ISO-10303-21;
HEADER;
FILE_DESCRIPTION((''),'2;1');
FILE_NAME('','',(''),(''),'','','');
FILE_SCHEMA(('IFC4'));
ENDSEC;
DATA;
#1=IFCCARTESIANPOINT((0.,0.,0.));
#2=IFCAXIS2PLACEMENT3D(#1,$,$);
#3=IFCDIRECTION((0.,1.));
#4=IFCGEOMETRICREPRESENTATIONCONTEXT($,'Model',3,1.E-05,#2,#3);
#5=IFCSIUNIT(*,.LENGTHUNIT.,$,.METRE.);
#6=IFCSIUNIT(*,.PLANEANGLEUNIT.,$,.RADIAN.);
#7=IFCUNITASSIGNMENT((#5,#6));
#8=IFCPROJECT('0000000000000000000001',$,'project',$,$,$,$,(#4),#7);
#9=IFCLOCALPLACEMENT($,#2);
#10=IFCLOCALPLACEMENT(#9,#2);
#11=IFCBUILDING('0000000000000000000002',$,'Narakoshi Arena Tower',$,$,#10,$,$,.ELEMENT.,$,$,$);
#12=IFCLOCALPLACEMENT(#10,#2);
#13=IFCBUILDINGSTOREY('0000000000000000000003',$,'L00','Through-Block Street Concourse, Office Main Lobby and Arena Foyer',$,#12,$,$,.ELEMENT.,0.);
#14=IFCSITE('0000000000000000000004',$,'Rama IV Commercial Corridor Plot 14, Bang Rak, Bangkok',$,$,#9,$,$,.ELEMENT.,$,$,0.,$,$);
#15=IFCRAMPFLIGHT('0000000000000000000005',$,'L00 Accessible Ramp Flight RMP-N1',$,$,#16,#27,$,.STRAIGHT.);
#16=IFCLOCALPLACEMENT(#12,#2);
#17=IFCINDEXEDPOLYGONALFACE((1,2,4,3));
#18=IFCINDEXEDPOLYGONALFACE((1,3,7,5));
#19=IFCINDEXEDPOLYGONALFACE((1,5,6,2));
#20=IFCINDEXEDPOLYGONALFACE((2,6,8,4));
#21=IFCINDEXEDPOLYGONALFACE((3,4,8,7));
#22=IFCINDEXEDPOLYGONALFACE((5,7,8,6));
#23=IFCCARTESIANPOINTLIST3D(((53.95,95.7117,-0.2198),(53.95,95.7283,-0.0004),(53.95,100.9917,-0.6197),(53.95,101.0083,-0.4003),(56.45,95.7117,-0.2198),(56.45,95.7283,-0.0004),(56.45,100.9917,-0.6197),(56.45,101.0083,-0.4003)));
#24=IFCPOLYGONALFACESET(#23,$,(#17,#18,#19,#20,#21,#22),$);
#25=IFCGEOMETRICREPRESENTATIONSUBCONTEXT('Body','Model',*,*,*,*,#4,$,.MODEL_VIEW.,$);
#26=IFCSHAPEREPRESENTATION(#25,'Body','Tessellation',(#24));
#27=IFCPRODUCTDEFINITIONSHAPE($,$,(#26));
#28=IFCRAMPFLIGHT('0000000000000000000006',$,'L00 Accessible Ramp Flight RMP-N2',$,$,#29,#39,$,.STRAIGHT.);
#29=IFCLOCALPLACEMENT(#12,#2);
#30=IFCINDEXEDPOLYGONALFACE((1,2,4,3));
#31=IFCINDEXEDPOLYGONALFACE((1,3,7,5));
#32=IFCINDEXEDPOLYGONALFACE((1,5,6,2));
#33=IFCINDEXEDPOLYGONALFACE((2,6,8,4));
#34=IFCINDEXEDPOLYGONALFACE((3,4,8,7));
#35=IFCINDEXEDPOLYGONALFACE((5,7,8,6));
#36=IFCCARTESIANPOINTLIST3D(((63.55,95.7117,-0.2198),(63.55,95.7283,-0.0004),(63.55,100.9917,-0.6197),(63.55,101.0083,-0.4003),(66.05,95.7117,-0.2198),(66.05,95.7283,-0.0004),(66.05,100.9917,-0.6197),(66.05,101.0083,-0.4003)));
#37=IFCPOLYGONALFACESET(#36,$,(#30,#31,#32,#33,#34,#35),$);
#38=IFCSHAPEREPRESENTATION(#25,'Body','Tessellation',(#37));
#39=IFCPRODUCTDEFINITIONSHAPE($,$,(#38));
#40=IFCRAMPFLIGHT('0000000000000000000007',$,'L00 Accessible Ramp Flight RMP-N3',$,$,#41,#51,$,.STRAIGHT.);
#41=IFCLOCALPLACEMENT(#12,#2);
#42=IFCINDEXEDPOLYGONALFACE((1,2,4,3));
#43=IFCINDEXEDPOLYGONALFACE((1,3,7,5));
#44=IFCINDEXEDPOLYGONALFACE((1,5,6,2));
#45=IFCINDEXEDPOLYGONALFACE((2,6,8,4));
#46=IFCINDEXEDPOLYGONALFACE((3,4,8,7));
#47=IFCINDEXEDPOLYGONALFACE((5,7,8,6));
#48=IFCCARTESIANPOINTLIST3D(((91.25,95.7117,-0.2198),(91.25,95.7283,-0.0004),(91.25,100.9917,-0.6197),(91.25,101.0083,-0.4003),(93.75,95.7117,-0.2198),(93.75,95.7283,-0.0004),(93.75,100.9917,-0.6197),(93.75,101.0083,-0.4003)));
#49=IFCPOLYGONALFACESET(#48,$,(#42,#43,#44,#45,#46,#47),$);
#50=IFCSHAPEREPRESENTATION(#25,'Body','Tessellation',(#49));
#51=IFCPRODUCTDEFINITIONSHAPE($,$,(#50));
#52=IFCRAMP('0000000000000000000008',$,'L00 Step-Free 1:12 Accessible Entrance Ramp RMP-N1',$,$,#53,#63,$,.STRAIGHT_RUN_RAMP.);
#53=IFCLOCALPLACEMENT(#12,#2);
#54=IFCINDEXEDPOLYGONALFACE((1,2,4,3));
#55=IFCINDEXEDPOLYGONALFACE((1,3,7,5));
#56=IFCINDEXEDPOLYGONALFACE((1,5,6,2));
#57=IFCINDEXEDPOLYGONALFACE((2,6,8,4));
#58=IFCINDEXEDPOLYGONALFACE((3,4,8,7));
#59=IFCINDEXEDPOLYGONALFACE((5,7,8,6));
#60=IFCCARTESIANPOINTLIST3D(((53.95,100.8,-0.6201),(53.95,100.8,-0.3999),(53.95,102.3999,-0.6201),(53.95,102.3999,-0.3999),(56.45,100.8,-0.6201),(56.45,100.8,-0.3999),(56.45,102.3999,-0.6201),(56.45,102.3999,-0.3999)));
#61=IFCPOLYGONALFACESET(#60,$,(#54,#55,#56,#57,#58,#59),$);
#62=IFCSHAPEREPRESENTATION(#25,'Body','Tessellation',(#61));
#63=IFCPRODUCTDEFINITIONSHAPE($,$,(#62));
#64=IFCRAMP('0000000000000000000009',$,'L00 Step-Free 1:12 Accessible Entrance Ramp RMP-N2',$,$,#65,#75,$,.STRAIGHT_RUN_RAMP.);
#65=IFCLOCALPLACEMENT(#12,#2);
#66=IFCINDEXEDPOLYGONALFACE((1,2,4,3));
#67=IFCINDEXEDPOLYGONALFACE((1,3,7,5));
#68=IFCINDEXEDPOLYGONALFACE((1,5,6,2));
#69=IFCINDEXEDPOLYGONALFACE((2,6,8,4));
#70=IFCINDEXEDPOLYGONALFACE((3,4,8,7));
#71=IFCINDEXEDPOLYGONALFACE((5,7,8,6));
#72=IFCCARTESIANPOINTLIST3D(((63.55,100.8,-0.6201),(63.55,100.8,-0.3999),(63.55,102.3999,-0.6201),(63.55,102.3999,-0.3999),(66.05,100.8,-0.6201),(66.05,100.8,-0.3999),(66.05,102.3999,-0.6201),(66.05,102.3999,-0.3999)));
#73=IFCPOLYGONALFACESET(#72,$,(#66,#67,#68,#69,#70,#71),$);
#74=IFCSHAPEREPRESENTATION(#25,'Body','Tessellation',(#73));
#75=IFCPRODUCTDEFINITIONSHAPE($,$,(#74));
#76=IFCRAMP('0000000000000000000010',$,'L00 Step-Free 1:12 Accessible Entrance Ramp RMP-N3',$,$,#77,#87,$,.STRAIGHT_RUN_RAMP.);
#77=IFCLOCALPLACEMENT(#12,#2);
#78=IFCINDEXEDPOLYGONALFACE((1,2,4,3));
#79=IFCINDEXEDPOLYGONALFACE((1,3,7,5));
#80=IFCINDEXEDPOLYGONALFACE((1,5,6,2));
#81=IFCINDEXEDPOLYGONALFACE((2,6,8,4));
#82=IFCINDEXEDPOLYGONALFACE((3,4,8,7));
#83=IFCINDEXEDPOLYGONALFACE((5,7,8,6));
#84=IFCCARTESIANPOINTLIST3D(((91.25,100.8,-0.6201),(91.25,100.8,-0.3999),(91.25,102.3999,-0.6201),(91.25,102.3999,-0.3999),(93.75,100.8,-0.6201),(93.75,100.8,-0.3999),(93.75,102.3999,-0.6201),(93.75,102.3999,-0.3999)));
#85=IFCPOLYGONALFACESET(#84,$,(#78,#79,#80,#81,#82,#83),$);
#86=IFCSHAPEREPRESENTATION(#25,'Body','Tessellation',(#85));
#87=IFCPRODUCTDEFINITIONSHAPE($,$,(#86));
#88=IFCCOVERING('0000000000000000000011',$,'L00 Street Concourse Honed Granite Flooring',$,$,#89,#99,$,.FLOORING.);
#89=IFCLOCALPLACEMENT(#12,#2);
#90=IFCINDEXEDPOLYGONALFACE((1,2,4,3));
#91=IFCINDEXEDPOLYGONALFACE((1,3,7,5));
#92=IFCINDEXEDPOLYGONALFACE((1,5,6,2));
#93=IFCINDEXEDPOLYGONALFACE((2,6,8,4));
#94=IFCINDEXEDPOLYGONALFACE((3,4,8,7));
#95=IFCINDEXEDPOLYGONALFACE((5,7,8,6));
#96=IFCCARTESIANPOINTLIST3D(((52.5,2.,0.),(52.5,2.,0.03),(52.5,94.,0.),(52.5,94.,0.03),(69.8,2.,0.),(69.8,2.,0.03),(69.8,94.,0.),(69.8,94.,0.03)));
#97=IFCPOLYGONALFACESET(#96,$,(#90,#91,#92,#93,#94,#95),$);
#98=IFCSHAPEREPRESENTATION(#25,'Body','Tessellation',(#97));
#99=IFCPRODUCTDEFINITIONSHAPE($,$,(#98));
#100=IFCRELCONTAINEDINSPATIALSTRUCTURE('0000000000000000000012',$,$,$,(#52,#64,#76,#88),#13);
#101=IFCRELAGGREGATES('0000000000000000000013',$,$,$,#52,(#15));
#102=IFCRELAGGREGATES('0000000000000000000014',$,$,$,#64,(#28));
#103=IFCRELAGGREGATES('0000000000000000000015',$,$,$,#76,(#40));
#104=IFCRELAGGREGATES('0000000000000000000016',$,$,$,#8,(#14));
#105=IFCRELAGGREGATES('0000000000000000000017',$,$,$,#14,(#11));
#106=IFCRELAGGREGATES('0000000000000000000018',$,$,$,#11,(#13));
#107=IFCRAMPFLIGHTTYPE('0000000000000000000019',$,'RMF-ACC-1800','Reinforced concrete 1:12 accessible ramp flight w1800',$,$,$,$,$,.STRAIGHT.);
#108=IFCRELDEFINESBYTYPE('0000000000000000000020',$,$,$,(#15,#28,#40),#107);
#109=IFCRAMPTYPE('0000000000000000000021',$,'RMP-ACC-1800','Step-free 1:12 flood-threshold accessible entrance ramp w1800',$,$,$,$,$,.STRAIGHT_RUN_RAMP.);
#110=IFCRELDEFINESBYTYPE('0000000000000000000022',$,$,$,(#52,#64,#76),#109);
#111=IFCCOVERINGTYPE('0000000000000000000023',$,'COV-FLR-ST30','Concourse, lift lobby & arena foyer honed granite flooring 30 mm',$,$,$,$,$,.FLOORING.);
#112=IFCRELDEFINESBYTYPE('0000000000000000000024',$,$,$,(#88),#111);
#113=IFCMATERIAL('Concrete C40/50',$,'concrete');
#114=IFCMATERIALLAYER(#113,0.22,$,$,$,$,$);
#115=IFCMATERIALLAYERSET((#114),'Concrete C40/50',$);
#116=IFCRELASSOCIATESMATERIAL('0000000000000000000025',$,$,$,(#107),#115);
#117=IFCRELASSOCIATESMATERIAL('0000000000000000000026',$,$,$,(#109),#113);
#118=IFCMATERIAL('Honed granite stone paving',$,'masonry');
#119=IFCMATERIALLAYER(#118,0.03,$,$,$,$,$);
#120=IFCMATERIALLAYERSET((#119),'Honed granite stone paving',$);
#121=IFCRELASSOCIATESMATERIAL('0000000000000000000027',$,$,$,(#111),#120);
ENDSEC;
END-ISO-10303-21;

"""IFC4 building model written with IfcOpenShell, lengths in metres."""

from ifc_helpers import new_model, si_unit, direction, frame, origin, origin_2d, place, context, subcontext, project, spatial, polyline, rectangle, outline, extrude, material, layer, layer_set, type_object, element, aggregate, save


model = new_model("IFC4")

# Units and contexts
model_context = context("Model", 3, precision=1e-05, world=origin(), true_north=direction((0.0, 1.0)))
body_context = subcontext(model_context, "Body", "Model", "MODEL_VIEW")
ifc_project = project(units=[si_unit("LENGTHUNIT", "METRE"), si_unit("PLANEANGLEUNIT", "RADIAN")], contexts=[model_context])

# Site, building, storey
site_placement = place(None, origin())
site = spatial("IfcSite", under=ifc_project, at=site_placement, Name="Rama IV Commercial Corridor Plot 14, Bang Rak, Bangkok", CompositionType="ELEMENT", RefElevation=0.0)
building_placement = place(site_placement, origin())
building = spatial("IfcBuilding", under=site, at=building_placement, Name="Narakoshi Arena Tower", CompositionType="ELEMENT")
storey_placement = place(building_placement, origin())
storey = spatial("IfcBuildingStorey", under=building, at=storey_placement, Name="L00", Description="Through-Block Street Concourse, Office Main Lobby and Arena Foyer", CompositionType="ELEMENT", Elevation=0.0)

# Ramp flights
ifc_material_1 = material(Name="Concrete C40/50", Category="concrete")
ifc_layer_1 = layer(ifc_material_1, 0.22)
ifc_layer_set_1 = layer_set([ifc_layer_1], Name="Concrete C40/50")
ramp_flight_type = type_object("IfcRampFlightType", Name="RMF-ACC-1800", Description="Reinforced concrete 1:12 accessible ramp flight w1800", PredefinedType="STRAIGHT", material=ifc_layer_set_1)
ramp_flight_1_placement = place(storey_placement, frame((55.2, 101.0, -0.51), z_axis=(0.0, -0.997144, 0.075522), x_axis=(1.0, 0.0, 0.0)))
ramp_flight_1 = element("IfcRampFlight", 1, at=ramp_flight_1_placement, type_object=ramp_flight_type, Name="L00 Accessible Ramp Flight RMP-N1", PredefinedType="STRAIGHT", context=body_context, shape_type="SweptSolid", body=[
    extrude(rectangle(XDim=2.5, YDim=0.22, at=origin_2d()), origin(), (0.0, 0.0, 1.0), 5.2952),
])
ramp_flight_2_placement = place(storey_placement, frame((64.8, 101.0, -0.51), z_axis=(0.0, -0.997144, 0.075522), x_axis=(1.0, 0.0, 0.0)))
ramp_flight_2 = element("IfcRampFlight", 2, at=ramp_flight_2_placement, type_object=ramp_flight_type, Name="L00 Accessible Ramp Flight RMP-N2", PredefinedType="STRAIGHT", context=body_context, shape_type="SweptSolid", body=[
    extrude(rectangle(XDim=2.5, YDim=0.22, at=origin_2d()), origin(), (0.0, 0.0, 1.0), 5.2952),
])
ramp_flight_3_placement = place(storey_placement, frame((92.5, 101.0, -0.51), z_axis=(0.0, -0.997144, 0.075522), x_axis=(1.0, 0.0, 0.0)))
ramp_flight_3 = element("IfcRampFlight", 3, at=ramp_flight_3_placement, type_object=ramp_flight_type, Name="L00 Accessible Ramp Flight RMP-N3", PredefinedType="STRAIGHT", context=body_context, shape_type="SweptSolid", body=[
    extrude(rectangle(XDim=2.5, YDim=0.22, at=origin_2d()), origin(), (0.0, 0.0, 1.0), 5.2952),
])

# Ramps
ramp_type = type_object("IfcRampType", Name="RMP-ACC-1800", Description="Step-free 1:12 flood-threshold accessible entrance ramp w1800", PredefinedType="STRAIGHT_RUN_RAMP", material=ifc_material_1)
ramp_1_placement = place(storey_placement, frame((0.0, 0.0, -0.6201)))
ramp_1 = element("IfcRamp", 4, at=ramp_1_placement, inside=storey, type_object=ramp_type, Name="L00 Step-Free 1:12 Accessible Entrance Ramp RMP-N1", PredefinedType="STRAIGHT_RUN_RAMP", context=body_context, shape_type="SweptSolid", body=[
    extrude(outline(polyline([(53.95, 100.8), (56.45, 100.8), (56.45, 102.3999), (53.95, 102.3999), (53.95, 100.8)])), origin(), (0.0, 0.0, 1.0), 0.2202),
])
aggregate(ramp_1, [ramp_flight_1])
ramp_2_placement = place(storey_placement, frame((0.0, 0.0, -0.6201)))
ramp_2 = element("IfcRamp", 5, at=ramp_2_placement, inside=storey, type_object=ramp_type, Name="L00 Step-Free 1:12 Accessible Entrance Ramp RMP-N2", PredefinedType="STRAIGHT_RUN_RAMP", context=body_context, shape_type="SweptSolid", body=[
    extrude(outline(polyline([(63.55, 100.8), (66.05, 100.8), (66.05, 102.3999), (63.55, 102.3999), (63.55, 100.8)])), origin(), (0.0, 0.0, 1.0), 0.2202),
])
aggregate(ramp_2, [ramp_flight_2])
ramp_3_placement = place(storey_placement, frame((0.0, 0.0, -0.6201)))
ramp_3 = element("IfcRamp", 6, at=ramp_3_placement, inside=storey, type_object=ramp_type, Name="L00 Step-Free 1:12 Accessible Entrance Ramp RMP-N3", PredefinedType="STRAIGHT_RUN_RAMP", context=body_context, shape_type="SweptSolid", body=[
    extrude(outline(polyline([(91.25, 100.8), (93.75, 100.8), (93.75, 102.3999), (91.25, 102.3999), (91.25, 100.8)])), origin(), (0.0, 0.0, 1.0), 0.2202),
])
aggregate(ramp_3, [ramp_flight_3])

# Covering
ifc_material_2 = material(Name="Honed granite stone paving", Category="masonry")
ifc_layer_2 = layer(ifc_material_2, 0.03)
ifc_layer_set_2 = layer_set([ifc_layer_2], Name="Honed granite stone paving")
covering_type = type_object("IfcCoveringType", Name="COV-FLR-ST30", Description="Concourse, lift lobby & arena foyer honed granite flooring 30 mm", PredefinedType="FLOORING", material=ifc_layer_set_2)
covering_placement = place(storey_placement, origin())
element("IfcCovering", 7, at=covering_placement, inside=storey, type_object=covering_type, Name="L00 Street Concourse Honed Granite Flooring", PredefinedType="FLOORING", context=body_context, shape_type="SweptSolid", body=[
    extrude(outline(polyline([(52.5, 2.0), (69.8, 2.0), (69.8, 94.0), (52.5, 94.0), (52.5, 2.0)])), origin(), (0.0, 0.0, 1.0), 0.03),
])

save(model, "model.ifc")
